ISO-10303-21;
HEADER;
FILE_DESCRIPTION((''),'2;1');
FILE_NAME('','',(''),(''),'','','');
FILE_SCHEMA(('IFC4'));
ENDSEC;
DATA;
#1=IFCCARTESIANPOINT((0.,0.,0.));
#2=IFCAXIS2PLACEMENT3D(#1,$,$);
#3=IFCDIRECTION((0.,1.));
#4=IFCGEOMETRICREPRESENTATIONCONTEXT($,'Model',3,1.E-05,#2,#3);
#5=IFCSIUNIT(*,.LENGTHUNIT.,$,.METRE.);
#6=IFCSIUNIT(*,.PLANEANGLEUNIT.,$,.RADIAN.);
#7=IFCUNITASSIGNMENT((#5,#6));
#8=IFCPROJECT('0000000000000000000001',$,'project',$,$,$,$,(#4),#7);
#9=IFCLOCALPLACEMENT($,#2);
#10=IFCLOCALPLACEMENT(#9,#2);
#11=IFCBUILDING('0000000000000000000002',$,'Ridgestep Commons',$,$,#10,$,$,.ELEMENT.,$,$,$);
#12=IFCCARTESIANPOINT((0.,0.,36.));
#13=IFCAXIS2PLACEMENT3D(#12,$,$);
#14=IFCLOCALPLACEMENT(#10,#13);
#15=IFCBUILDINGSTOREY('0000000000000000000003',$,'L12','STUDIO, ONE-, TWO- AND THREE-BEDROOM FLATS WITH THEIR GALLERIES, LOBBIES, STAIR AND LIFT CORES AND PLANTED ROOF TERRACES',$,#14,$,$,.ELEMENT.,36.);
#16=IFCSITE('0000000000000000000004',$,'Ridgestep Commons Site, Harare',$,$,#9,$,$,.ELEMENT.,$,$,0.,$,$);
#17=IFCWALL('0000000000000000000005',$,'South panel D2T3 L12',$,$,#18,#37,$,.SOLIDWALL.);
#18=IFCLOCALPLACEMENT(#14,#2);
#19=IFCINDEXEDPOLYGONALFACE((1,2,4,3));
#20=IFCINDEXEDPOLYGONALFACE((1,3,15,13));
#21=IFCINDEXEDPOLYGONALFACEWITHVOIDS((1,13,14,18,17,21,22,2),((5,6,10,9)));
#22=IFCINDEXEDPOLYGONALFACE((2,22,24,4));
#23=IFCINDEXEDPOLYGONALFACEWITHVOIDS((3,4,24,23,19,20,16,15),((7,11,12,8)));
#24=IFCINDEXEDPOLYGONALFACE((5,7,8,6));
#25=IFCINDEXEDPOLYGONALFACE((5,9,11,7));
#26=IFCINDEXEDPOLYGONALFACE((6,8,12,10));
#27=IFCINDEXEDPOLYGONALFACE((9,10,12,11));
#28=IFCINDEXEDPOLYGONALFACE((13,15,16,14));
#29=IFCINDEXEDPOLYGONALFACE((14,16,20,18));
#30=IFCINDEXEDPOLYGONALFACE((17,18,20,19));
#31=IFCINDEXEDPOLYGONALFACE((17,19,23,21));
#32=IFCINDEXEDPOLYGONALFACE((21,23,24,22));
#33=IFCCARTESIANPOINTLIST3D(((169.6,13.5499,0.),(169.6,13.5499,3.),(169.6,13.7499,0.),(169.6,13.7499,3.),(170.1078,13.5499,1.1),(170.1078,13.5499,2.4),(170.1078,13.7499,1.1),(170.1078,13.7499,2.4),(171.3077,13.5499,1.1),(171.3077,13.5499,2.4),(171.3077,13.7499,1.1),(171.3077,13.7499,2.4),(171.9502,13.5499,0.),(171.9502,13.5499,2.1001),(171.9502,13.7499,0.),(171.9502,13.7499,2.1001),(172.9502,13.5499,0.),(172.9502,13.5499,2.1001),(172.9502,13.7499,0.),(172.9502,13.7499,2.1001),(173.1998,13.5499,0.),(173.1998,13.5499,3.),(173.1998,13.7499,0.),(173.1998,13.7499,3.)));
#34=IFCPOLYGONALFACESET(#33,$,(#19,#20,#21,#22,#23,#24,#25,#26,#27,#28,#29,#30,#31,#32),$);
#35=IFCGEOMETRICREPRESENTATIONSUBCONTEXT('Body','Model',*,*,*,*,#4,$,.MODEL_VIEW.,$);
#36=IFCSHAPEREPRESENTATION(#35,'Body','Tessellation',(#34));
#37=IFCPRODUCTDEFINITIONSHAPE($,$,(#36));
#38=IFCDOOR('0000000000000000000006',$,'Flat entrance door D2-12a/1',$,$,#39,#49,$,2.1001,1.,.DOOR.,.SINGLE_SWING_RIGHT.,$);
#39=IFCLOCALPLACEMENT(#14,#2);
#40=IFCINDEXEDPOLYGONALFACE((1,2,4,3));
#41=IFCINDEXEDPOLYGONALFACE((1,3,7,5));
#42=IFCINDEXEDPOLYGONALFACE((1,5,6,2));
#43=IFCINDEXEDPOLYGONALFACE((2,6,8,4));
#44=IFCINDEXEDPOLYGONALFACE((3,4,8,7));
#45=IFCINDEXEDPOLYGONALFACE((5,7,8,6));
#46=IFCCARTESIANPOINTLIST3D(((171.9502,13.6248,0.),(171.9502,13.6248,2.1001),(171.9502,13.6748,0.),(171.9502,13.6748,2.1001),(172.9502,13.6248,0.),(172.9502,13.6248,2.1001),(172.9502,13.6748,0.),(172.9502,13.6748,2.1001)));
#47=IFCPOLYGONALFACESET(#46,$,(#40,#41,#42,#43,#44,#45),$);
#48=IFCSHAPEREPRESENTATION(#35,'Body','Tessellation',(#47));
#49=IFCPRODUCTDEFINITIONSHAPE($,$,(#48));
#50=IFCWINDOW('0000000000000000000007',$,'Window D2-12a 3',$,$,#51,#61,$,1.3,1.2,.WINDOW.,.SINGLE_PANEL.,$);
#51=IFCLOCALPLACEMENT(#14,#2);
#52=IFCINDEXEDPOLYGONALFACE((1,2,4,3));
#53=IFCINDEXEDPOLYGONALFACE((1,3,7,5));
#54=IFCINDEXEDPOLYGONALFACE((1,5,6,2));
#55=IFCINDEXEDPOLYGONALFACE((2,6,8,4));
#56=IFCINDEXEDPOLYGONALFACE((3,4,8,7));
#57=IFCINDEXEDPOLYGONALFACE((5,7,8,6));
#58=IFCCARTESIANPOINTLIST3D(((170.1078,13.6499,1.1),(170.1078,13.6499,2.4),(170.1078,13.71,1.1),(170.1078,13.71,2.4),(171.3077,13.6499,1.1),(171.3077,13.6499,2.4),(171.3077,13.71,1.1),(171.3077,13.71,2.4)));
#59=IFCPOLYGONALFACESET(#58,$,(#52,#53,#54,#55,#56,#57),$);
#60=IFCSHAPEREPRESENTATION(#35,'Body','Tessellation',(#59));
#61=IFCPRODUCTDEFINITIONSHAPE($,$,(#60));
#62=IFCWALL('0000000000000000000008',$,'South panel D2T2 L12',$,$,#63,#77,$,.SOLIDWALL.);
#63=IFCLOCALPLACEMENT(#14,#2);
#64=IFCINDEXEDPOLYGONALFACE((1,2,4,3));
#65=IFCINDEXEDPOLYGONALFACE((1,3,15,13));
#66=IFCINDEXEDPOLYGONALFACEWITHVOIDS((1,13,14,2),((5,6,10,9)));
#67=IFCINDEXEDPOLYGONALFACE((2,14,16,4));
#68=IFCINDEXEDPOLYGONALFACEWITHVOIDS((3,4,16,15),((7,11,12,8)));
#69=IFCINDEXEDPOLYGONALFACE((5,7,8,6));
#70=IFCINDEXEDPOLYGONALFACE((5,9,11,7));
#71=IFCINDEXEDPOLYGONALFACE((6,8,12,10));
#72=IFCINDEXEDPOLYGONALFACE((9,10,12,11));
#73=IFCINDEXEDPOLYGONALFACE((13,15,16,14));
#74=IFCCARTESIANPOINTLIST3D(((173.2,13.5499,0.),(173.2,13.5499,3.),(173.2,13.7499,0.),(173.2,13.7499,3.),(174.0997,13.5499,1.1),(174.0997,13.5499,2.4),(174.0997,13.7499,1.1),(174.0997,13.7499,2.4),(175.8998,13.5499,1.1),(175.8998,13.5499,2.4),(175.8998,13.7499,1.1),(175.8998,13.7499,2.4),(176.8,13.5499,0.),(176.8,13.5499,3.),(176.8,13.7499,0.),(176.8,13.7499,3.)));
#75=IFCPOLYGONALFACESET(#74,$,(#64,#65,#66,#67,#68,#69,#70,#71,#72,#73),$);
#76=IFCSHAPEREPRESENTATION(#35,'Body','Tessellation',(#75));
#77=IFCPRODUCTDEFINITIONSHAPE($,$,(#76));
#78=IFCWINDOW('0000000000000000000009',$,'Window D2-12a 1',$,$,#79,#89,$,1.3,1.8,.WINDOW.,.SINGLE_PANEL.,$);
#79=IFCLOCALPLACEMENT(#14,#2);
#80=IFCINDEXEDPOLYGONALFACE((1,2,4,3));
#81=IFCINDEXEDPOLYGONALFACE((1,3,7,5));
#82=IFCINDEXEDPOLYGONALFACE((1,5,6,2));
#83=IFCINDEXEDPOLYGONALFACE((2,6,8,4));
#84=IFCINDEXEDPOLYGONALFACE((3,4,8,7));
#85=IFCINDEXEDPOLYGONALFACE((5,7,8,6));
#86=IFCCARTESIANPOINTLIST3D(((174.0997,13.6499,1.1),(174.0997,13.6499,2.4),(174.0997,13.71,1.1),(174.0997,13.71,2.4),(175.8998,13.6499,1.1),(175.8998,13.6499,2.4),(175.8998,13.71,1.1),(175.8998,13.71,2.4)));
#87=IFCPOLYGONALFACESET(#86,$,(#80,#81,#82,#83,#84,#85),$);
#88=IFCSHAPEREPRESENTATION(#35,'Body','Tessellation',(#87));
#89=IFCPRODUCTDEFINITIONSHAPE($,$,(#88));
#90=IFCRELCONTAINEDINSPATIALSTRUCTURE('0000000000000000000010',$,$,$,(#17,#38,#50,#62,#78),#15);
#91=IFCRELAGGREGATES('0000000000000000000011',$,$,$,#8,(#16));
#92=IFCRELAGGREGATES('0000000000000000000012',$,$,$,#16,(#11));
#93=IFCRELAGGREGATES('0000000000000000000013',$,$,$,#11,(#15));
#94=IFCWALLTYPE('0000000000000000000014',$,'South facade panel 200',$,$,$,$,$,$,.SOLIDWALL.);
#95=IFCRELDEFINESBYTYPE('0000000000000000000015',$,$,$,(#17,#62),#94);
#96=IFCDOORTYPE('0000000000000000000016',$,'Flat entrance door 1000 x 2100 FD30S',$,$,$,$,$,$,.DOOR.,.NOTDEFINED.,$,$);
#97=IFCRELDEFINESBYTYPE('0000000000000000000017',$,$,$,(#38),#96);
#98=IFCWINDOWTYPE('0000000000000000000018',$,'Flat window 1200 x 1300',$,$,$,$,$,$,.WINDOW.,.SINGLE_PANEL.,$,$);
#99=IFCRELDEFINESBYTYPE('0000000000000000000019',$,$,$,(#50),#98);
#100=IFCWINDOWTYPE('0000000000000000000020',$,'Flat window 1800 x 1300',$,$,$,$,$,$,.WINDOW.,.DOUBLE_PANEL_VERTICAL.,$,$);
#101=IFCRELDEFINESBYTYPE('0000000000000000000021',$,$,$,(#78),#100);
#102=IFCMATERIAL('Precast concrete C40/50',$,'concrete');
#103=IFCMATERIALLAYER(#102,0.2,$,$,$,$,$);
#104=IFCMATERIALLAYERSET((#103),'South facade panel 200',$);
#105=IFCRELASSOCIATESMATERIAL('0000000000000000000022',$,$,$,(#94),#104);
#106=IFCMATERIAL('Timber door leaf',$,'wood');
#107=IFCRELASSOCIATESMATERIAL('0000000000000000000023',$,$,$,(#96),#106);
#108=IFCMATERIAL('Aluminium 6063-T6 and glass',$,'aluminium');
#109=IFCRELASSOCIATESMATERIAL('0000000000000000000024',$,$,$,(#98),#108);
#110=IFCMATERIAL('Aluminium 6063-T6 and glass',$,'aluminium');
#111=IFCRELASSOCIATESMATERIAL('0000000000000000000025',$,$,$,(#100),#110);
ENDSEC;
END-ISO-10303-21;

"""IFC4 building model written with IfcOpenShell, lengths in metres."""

from ifc_helpers import new_model, si_unit, direction, frame, frame_2d, origin, place, context, subcontext, project, spatial, rectangle, extrude, material, layer, layer_set, type_object, element, fill, save


model = new_model("IFC4")

# Units and contexts
model_context = context("Model", 3, precision=1e-05, world=origin(), true_north=direction((0.0, 1.0)))
body_context = subcontext(model_context, "Body", "Model", "MODEL_VIEW")
ifc_project = project(units=[si_unit("LENGTHUNIT", "METRE"), si_unit("PLANEANGLEUNIT", "RADIAN")], contexts=[model_context])

# Site, building, storey
site_placement = place(None, origin())
site = spatial("IfcSite", under=ifc_project, at=site_placement, Name="Ridgestep Commons Site, Harare", CompositionType="ELEMENT", RefElevation=0.0)
building_placement = place(site_placement, origin())
building = spatial("IfcBuilding", under=site, at=building_placement, Name="Ridgestep Commons", CompositionType="ELEMENT")
storey_placement = place(building_placement, frame((0.0, 0.0, 36.0)))
storey = spatial("IfcBuildingStorey", under=building, at=storey_placement, Name="L12", Description="STUDIO, ONE-, TWO- AND THREE-BEDROOM FLATS WITH THEIR GALLERIES, LOBBIES, STAIR AND LIFT CORES AND PLANTED ROOF TERRACES", CompositionType="ELEMENT", Elevation=36.0)

# Wall, openings, door, window
ifc_material_1 = material(Name="Precast concrete C40/50", Category="concrete")
ifc_layer_1 = layer(ifc_material_1, 0.2)
ifc_layer_set_1 = layer_set([ifc_layer_1], Name="South facade panel 200")
wall_type_1 = type_object("IfcWallType", Name="South facade panel 200", PredefinedType="SOLIDWALL", material=ifc_layer_set_1)
wall_1_placement = place(storey_placement, frame((169.6001, 13.6499, 0.0), z_axis=(0.0, 0.0, 1.0), x_axis=(1.0, 0.0, 0.0)))
wall_1 = element("IfcWall", 1, at=wall_1_placement, inside=storey, type_object=wall_type_1, Name="South panel D2T3 L12", PredefinedType="SOLIDWALL", context=body_context, shape_type="SweptSolid", body=[
    extrude(rectangle(XDim=3.5999, YDim=0.2, at=frame_2d((1.7998, 0.0))), origin(), (0.0, 0.0, 1.0), 3.0),
])
opening_1_placement = place(wall_1_placement, frame((0.5076, 0.0, 1.1001)))
opening_1 = element("IfcOpeningElement", 2, at=opening_1_placement, cuts=wall_1, PredefinedType="OPENING", context=body_context, shape_type="SweptSolid", body=[
    extrude(rectangle(XDim=1.2, YDim=1.3, at=frame_2d((0.6001, 0.6499))), frame((0.0, 0.1099, 0.0), z_axis=(0.0, -1.0, 0.0), x_axis=(1.0, 0.0, 0.0)), (0.0, 0.0, 1.0), 0.22),
])
opening_2_placement = place(wall_1_placement, frame((2.3501, 0.0, 0.0)))
opening_2 = element("IfcOpeningElement", 3, at=opening_2_placement, cuts=wall_1, PredefinedType="OPENING", context=body_context, shape_type="SweptSolid", body=[
    extrude(rectangle(XDim=1.0, YDim=2.1001, at=frame_2d((0.5, 1.05))), frame((0.0, 0.1099, 0.0), z_axis=(0.0, -1.0, 0.0), x_axis=(1.0, 0.0, 0.0)), (0.0, 0.0, 1.0), 0.22),
])
ifc_material_2 = material(Name="Timber door leaf", Category="wood")
door_type_1 = type_object("IfcDoorType", Name="Flat entrance door 1000 x 2100 FD30S", OperationType="NOTDEFINED", PredefinedType="DOOR", material=ifc_material_2)
door_1_placement = place(opening_2_placement, origin())
door_1 = element("IfcDoor", 4, at=door_1_placement, inside=storey, type_object=door_type_1, Name="Flat entrance door D2-12a/1", OperationType="SINGLE_SWING_RIGHT", OverallHeight=2.1001, OverallWidth=1.0, PredefinedType="DOOR", context=body_context, shape_type="SweptSolid", body=[
    extrude(rectangle(XDim=1.0, YDim=2.1001, at=frame_2d((0.5, 1.05))), frame((0.0, 0.0249, 0.0), z_axis=(0.0, -1.0, 0.0), x_axis=(1.0, 0.0, 0.0)), (0.0, 0.0, 1.0), 0.05),
])
fill(opening_2, door_1)
ifc_material_3 = material(Name="Aluminium 6063-T6 and glass", Category="aluminium")
window_type_1 = type_object("IfcWindowType", Name="Flat window 1200 x 1300", PartitioningType="SINGLE_PANEL", PredefinedType="WINDOW", material=ifc_material_3)
window_1_placement = place(opening_1_placement, origin())
window_1 = element("IfcWindow", 5, at=window_1_placement, inside=storey, type_object=window_type_1, Name="Window D2-12a 3", OverallHeight=1.3, OverallWidth=1.2, PartitioningType="SINGLE_PANEL", PredefinedType="WINDOW", context=body_context, shape_type="SweptSolid", body=[
    extrude(rectangle(XDim=1.2, YDim=1.3, at=frame_2d((0.6001, 0.6499))), frame((0.0, 0.0601, 0.0), z_axis=(0.0, -1.0, 0.0), x_axis=(1.0, 0.0, 0.0)), (0.0, 0.0, 1.0), 0.0601),
])
fill(opening_1, window_1)

# Wall, opening, window
wall_2_placement = place(storey_placement, frame((173.2, 13.6499, 0.0), z_axis=(0.0, 0.0, 1.0), x_axis=(1.0, 0.0, 0.0)))
wall_2 = element("IfcWall", 6, at=wall_2_placement, inside=storey, type_object=wall_type_1, Name="South panel D2T2 L12", PredefinedType="SOLIDWALL", context=body_context, shape_type="SweptSolid", body=[
    extrude(rectangle(XDim=3.6001, YDim=0.2, at=frame_2d((1.8, 0.0))), origin(), (0.0, 0.0, 1.0), 3.0),
])
opening_3_placement = place(wall_2_placement, frame((0.8999, 0.0, 1.1001)))
opening_3 = element("IfcOpeningElement", 7, at=opening_3_placement, cuts=wall_2, PredefinedType="OPENING", context=body_context, shape_type="SweptSolid", body=[
    extrude(rectangle(XDim=1.8, YDim=1.3, at=frame_2d((0.8999, 0.6499))), frame((0.0, 0.1099, 0.0), z_axis=(0.0, -1.0, 0.0), x_axis=(1.0, 0.0, 0.0)), (0.0, 0.0, 1.0), 0.22),
])
ifc_material_4 = material(Name="Aluminium 6063-T6 and glass", Category="aluminium")
window_type_2 = type_object("IfcWindowType", Name="Flat window 1800 x 1300", PartitioningType="DOUBLE_PANEL_VERTICAL", PredefinedType="WINDOW", material=ifc_material_4)
window_2_placement = place(opening_3_placement, origin())
window_2 = element("IfcWindow", 8, at=window_2_placement, inside=storey, type_object=window_type_2, Name="Window D2-12a 1", OverallHeight=1.3, OverallWidth=1.8, PartitioningType="SINGLE_PANEL", PredefinedType="WINDOW", context=body_context, shape_type="SweptSolid", body=[
    extrude(rectangle(XDim=1.8, YDim=1.3, at=frame_2d((0.8999, 0.6499))), frame((0.0, 0.0601, 0.0), z_axis=(0.0, -1.0, 0.0), x_axis=(1.0, 0.0, 0.0)), (0.0, 0.0, 1.0), 0.0601),
])
fill(opening_3, window_2)

save(model, "model.ifc")
